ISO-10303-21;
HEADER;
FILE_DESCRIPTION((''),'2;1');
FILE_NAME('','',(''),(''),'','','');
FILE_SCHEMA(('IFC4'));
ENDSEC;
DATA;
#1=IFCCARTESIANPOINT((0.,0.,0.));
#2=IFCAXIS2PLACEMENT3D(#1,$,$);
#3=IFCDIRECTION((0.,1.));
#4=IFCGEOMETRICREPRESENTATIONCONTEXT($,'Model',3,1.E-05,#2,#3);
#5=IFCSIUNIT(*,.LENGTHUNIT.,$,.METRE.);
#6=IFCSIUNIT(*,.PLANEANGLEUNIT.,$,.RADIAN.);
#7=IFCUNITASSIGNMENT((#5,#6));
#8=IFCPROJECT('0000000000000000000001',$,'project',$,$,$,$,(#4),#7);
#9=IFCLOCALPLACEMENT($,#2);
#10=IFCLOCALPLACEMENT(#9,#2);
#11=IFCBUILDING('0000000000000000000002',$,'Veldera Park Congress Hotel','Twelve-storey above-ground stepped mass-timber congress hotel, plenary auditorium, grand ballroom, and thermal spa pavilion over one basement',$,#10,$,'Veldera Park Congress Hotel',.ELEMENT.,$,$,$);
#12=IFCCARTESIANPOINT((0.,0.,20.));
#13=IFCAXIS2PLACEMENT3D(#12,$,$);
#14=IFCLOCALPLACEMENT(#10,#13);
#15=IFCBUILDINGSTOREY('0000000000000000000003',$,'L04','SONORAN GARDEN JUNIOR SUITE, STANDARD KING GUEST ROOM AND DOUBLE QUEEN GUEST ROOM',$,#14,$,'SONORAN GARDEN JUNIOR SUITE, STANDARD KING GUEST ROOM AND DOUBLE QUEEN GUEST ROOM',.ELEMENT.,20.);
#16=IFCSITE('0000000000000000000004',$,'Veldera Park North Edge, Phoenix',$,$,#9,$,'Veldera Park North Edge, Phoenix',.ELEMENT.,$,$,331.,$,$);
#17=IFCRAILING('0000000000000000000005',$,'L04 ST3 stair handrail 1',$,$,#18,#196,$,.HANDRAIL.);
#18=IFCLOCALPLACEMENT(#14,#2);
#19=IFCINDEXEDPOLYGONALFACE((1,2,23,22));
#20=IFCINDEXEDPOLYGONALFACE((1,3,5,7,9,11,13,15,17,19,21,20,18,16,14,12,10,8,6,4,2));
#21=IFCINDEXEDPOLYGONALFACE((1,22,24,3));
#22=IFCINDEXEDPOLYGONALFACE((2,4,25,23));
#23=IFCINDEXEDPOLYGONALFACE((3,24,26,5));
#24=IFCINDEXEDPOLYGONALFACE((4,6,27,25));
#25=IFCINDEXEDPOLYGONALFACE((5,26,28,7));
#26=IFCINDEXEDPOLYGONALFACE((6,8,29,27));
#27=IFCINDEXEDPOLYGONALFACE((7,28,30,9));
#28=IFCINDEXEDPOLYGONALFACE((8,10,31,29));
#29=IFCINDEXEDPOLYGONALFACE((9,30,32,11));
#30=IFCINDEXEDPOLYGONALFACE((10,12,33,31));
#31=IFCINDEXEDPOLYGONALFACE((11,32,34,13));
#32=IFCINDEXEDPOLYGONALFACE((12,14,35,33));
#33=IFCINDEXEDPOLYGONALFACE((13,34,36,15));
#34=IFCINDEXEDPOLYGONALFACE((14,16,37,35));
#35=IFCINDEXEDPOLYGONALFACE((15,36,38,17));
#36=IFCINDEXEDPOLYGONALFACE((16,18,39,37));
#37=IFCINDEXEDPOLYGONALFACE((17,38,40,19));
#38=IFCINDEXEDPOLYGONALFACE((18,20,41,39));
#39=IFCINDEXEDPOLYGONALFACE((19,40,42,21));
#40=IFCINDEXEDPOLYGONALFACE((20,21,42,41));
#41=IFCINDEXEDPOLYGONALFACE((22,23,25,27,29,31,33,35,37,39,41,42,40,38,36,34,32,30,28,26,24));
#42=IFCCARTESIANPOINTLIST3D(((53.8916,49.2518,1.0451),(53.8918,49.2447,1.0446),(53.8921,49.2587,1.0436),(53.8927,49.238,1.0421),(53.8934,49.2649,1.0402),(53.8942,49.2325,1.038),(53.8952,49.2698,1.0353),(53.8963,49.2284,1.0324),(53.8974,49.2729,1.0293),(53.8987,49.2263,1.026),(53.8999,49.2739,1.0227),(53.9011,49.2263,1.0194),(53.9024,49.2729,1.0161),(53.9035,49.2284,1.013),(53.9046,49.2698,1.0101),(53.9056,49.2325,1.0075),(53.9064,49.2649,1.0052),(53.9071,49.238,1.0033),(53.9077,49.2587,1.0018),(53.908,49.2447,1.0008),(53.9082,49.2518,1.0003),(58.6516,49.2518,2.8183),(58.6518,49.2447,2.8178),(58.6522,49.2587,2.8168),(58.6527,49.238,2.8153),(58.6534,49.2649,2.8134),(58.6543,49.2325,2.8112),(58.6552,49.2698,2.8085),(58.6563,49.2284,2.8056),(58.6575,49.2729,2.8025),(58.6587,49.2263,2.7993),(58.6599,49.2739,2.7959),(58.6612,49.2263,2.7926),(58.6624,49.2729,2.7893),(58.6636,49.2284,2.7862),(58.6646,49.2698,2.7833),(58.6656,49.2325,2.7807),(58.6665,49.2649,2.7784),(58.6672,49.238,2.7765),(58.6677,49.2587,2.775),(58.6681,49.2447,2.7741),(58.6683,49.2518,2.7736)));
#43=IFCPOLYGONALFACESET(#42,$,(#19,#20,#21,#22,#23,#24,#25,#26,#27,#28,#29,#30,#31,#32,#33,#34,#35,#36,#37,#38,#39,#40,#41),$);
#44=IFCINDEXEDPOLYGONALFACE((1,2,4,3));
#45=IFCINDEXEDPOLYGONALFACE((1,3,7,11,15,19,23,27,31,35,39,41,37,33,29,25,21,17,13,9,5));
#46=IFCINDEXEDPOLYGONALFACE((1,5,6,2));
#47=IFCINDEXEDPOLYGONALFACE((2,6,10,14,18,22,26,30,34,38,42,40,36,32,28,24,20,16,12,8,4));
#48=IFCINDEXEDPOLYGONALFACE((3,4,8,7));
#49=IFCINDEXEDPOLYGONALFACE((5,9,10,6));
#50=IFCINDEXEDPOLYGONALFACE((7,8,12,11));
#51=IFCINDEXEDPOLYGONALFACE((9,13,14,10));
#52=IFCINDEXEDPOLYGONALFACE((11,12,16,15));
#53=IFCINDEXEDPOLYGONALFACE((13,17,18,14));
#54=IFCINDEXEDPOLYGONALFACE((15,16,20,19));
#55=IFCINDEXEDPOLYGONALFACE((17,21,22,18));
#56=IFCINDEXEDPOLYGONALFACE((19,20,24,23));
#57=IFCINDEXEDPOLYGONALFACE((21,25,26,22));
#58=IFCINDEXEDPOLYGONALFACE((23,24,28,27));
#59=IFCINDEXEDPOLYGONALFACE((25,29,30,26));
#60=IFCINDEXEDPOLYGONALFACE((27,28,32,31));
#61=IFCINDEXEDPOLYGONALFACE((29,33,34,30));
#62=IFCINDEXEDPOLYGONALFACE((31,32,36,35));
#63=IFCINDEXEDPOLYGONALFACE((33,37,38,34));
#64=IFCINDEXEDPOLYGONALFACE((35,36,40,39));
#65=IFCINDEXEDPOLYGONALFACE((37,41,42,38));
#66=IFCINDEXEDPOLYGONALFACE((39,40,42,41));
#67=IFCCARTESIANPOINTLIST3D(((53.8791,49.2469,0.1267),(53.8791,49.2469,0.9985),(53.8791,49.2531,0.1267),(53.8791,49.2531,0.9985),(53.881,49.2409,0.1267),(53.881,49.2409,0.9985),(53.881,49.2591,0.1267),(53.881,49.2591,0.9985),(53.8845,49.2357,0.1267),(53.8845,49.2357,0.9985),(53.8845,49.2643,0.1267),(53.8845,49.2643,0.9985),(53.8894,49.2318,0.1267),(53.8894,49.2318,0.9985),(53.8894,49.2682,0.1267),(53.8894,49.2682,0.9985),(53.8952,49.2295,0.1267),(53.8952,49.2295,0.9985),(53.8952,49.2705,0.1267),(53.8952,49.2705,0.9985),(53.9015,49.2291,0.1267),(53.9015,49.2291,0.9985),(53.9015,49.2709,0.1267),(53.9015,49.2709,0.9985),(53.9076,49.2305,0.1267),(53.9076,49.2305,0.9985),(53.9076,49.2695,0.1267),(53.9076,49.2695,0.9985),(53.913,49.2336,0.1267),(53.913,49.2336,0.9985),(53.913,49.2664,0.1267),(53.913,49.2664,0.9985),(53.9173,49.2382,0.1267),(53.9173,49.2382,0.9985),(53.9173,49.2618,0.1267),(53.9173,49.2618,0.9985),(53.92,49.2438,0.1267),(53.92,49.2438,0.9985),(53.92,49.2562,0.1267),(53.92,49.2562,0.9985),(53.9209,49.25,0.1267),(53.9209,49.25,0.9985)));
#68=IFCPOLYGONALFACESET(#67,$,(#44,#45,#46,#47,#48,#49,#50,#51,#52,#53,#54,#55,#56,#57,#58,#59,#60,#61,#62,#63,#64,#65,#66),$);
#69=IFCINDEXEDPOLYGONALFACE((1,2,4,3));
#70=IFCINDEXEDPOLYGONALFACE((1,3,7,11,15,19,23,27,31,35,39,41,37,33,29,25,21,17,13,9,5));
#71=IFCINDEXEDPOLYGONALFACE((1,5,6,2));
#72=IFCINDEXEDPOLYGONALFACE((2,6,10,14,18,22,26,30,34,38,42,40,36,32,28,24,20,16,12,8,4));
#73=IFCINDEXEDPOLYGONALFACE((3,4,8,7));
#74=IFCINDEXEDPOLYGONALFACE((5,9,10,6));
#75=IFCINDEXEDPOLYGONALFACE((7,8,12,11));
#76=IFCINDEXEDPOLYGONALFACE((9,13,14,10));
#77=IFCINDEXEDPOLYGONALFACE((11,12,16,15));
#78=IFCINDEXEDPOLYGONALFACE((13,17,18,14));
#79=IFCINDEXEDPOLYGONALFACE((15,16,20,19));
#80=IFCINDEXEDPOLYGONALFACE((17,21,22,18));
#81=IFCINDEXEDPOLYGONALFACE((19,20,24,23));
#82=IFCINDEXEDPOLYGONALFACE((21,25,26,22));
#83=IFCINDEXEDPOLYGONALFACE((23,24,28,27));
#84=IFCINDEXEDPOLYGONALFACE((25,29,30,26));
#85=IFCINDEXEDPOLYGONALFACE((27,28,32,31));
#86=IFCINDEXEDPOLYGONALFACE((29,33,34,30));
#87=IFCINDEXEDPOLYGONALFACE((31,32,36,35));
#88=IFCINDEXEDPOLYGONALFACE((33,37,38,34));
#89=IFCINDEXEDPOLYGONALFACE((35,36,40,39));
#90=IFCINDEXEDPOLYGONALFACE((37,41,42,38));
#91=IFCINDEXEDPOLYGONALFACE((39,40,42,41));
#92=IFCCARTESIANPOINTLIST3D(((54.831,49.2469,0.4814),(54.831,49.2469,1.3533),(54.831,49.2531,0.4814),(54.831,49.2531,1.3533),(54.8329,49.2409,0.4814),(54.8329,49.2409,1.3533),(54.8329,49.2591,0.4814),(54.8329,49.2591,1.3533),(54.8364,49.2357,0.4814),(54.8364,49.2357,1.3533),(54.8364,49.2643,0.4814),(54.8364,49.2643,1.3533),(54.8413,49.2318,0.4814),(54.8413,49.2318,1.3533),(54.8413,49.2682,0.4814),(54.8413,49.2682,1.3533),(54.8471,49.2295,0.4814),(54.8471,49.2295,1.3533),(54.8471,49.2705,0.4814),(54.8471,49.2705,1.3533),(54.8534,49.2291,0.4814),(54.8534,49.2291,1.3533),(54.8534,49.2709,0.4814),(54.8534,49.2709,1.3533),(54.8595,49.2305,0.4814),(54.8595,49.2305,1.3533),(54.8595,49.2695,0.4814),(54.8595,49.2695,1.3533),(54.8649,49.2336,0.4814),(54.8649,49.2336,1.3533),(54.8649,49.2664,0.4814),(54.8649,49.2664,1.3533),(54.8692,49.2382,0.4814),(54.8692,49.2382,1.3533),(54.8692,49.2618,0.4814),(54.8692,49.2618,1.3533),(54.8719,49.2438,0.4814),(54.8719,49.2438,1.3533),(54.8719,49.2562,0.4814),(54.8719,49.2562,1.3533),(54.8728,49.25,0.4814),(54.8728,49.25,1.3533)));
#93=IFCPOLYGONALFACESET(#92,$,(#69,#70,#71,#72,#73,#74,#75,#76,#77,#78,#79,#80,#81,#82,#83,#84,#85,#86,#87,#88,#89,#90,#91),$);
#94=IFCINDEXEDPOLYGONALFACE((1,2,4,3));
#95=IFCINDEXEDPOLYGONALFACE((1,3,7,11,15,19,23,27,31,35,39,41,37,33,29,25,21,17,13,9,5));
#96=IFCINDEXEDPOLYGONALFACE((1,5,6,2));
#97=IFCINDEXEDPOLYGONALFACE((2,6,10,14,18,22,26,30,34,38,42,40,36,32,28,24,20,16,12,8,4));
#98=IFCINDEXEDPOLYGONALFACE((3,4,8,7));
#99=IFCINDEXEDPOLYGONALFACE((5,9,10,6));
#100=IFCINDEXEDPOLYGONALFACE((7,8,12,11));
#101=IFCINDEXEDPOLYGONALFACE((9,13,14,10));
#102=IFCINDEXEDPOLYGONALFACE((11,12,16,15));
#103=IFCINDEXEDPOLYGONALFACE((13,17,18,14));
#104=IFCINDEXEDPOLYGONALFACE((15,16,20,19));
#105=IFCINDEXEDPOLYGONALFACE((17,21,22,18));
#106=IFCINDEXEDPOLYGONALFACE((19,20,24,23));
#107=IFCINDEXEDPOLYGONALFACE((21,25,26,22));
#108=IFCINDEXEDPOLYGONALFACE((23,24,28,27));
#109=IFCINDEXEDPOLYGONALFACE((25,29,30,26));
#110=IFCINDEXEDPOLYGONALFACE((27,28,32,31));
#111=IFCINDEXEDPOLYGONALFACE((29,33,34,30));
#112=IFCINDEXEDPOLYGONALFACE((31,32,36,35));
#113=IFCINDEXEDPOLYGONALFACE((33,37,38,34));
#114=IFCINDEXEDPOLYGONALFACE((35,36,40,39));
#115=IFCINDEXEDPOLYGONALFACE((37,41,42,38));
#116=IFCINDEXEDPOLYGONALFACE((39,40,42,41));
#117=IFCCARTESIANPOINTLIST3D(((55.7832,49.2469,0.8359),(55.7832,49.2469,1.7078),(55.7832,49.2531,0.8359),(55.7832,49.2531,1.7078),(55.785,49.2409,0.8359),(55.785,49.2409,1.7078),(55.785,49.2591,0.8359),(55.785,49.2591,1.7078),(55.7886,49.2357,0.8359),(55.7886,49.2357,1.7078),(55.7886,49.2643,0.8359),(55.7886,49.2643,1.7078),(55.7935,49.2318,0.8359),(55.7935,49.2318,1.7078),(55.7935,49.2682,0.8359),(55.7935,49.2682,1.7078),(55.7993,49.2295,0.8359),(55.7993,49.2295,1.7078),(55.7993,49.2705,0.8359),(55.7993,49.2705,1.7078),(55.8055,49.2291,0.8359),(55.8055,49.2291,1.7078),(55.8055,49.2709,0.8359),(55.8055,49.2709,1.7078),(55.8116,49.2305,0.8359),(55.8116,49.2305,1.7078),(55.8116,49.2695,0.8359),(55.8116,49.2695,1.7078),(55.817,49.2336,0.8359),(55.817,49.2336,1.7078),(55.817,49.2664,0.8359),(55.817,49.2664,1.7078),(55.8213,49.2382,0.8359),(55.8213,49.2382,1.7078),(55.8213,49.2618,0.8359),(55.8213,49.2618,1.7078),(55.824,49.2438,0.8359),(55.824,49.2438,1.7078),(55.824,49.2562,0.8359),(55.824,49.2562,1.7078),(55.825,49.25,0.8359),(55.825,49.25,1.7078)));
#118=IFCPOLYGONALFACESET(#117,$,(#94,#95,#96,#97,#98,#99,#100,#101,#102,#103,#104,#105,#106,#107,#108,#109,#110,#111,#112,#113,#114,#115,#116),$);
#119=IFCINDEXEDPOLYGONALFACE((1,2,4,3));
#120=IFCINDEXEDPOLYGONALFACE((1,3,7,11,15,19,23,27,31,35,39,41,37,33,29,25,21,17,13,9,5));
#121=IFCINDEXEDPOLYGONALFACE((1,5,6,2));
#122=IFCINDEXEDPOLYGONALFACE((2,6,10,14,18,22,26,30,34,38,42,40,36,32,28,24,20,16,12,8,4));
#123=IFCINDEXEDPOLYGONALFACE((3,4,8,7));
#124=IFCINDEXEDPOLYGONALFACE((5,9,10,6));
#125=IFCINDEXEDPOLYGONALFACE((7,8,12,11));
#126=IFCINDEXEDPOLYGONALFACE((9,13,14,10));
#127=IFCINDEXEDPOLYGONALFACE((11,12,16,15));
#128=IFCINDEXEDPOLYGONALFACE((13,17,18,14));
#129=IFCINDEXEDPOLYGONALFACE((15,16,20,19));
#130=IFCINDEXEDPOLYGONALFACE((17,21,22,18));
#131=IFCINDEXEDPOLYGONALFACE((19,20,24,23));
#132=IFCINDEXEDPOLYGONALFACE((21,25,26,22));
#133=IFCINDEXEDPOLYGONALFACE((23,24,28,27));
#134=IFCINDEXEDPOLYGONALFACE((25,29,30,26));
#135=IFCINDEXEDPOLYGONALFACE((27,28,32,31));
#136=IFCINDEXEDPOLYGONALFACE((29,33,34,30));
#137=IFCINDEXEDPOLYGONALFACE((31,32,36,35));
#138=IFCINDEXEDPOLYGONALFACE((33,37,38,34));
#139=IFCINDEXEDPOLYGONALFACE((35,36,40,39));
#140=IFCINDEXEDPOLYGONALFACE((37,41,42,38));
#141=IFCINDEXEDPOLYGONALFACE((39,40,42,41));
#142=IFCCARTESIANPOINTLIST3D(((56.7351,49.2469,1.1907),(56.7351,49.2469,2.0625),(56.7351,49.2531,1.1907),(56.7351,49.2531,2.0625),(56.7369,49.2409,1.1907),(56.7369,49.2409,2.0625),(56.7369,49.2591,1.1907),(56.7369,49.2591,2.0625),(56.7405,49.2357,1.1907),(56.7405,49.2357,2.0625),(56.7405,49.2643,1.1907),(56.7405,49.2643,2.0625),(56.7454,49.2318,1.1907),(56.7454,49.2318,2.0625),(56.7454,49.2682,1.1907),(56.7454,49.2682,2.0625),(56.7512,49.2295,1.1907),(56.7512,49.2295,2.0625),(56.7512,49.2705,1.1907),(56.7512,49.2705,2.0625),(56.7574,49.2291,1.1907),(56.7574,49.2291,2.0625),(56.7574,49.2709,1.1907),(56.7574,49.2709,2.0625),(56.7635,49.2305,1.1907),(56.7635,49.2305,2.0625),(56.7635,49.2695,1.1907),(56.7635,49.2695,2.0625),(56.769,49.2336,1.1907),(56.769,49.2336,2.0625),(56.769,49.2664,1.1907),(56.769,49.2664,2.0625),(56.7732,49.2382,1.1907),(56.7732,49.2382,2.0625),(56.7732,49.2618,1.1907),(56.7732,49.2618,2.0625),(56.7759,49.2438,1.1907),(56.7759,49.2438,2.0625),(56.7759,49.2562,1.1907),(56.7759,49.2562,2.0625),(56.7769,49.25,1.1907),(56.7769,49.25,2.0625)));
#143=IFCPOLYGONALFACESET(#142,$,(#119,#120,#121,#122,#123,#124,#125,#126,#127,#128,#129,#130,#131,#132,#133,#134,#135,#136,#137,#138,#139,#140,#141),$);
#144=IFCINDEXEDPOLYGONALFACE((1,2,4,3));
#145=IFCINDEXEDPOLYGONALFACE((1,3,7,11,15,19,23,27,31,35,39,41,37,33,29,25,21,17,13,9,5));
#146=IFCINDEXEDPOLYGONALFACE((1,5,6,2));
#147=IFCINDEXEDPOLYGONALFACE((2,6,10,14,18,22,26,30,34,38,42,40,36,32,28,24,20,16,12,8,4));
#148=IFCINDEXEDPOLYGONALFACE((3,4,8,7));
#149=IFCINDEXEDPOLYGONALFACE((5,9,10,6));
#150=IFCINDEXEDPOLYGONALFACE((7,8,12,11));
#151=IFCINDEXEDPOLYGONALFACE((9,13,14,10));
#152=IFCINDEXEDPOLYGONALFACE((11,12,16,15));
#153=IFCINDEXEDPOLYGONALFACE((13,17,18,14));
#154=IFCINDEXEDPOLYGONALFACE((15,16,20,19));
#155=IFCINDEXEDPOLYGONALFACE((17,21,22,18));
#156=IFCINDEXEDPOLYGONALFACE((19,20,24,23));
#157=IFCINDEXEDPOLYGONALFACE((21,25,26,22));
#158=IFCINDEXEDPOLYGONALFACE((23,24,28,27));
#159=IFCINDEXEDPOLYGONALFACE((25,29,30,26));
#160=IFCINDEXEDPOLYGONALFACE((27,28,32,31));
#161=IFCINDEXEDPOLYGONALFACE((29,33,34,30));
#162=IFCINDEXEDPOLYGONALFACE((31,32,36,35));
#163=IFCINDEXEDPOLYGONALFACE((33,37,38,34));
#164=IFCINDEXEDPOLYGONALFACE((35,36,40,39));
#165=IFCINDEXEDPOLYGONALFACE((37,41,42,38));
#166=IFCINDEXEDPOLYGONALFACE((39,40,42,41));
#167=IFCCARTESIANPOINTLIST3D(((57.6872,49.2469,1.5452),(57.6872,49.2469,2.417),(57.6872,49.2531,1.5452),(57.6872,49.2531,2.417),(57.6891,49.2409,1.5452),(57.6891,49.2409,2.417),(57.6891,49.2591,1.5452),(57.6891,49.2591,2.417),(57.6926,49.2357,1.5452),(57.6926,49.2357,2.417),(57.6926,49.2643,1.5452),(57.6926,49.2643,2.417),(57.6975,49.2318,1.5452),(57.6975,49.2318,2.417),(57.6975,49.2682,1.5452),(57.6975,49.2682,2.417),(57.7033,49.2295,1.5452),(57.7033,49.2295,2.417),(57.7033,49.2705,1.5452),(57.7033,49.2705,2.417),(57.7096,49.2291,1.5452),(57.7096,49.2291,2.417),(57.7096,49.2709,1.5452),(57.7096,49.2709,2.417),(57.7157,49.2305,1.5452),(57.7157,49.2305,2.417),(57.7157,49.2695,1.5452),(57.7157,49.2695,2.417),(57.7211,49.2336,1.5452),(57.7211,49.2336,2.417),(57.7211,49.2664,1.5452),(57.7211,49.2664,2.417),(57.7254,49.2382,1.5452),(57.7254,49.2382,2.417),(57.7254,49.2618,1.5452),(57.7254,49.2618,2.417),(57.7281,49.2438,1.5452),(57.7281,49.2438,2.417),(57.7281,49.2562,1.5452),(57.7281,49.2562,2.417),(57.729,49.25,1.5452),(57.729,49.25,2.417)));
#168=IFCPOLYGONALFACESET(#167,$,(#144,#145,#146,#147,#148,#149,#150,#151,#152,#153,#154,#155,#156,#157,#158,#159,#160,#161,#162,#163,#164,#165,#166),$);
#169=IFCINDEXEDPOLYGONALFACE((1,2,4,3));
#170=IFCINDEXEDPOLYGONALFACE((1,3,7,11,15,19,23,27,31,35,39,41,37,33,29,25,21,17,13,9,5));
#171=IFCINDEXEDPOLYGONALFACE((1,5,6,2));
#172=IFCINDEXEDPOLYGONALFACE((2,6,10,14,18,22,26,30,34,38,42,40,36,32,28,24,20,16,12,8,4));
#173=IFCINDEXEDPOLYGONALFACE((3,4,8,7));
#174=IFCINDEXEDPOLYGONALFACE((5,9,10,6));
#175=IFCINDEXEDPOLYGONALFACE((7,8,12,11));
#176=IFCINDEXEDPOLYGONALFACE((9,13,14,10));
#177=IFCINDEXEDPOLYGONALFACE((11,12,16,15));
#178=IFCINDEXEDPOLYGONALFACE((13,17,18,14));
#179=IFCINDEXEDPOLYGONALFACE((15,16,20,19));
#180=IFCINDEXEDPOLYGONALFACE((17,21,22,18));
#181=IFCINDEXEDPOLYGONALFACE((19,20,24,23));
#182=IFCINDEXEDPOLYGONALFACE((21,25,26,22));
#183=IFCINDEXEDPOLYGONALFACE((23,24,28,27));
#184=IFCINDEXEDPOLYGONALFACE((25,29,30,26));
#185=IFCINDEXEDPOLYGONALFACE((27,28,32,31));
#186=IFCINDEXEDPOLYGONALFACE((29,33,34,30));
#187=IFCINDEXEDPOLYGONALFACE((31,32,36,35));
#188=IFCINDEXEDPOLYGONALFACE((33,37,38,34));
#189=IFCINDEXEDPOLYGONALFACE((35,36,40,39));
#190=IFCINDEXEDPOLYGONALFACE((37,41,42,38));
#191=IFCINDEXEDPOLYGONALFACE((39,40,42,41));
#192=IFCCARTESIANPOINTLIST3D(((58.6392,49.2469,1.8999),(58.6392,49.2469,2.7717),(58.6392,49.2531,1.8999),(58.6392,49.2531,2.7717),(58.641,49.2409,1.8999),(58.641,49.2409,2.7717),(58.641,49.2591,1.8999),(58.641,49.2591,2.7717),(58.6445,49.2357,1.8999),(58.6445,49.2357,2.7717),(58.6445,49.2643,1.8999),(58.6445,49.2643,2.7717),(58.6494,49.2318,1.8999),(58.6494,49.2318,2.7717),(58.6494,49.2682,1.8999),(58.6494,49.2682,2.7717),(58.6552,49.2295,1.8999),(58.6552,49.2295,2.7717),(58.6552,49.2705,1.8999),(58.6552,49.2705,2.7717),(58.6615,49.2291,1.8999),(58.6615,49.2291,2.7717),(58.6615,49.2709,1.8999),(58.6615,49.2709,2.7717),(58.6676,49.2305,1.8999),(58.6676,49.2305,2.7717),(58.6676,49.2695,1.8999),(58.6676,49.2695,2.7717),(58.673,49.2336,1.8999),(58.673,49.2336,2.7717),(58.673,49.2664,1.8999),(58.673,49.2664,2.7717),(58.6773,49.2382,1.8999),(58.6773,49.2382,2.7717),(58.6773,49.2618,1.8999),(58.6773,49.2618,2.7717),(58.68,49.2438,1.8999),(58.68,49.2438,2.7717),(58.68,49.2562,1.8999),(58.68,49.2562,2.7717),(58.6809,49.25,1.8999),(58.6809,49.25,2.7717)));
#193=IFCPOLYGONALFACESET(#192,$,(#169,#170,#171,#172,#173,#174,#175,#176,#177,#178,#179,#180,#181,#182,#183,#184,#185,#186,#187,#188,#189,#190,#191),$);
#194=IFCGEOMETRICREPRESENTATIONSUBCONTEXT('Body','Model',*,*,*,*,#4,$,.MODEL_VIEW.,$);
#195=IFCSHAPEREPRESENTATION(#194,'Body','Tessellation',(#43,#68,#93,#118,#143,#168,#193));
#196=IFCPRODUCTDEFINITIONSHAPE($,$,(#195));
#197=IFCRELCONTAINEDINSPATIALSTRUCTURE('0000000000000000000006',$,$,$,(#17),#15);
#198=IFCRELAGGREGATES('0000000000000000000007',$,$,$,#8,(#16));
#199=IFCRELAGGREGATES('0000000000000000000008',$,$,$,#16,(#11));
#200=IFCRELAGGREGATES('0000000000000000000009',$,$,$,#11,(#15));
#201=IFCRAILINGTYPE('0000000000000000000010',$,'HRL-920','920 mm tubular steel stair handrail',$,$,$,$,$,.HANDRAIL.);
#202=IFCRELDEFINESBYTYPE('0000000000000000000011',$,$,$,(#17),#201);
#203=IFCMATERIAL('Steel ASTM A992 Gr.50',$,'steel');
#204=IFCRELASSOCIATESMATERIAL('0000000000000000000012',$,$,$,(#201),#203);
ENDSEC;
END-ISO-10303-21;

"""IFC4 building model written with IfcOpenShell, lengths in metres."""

from ifc_helpers import new_model, si_unit, direction, frame, origin, origin_2d, place, context, subcontext, project, spatial, circle, extrude, material, type_object, element, save


model = new_model("IFC4")

# Units and contexts
model_context = context("Model", 3, precision=1e-05, world=origin(), true_north=direction((0.0, 1.0)))
body_context = subcontext(model_context, "Body", "Model", "MODEL_VIEW")
ifc_project = project(units=[si_unit("LENGTHUNIT", "METRE"), si_unit("PLANEANGLEUNIT", "RADIAN")], contexts=[model_context])

# Site, building, storey
site_placement = place(None, origin())
site = spatial("IfcSite", under=ifc_project, at=site_placement, Name="Veldera Park North Edge, Phoenix", LongName="Veldera Park North Edge, Phoenix", CompositionType="ELEMENT", RefElevation=331.0)
building_placement = place(site_placement, origin())
building = spatial("IfcBuilding", under=site, at=building_placement, Name="Veldera Park Congress Hotel", Description="Twelve-storey above-ground stepped mass-timber congress hotel, plenary auditorium, grand ballroom, and thermal spa pavilion over one basement", LongName="Veldera Park Congress Hotel", CompositionType="ELEMENT")
storey_placement = place(building_placement, frame((0.0, 0.0, 20.0)))
storey = spatial("IfcBuildingStorey", under=building, at=storey_placement, Name="L04", Description="SONORAN GARDEN JUNIOR SUITE, STANDARD KING GUEST ROOM AND DOUBLE QUEEN GUEST ROOM", LongName="SONORAN GARDEN JUNIOR SUITE, STANDARD KING GUEST ROOM AND DOUBLE QUEEN GUEST ROOM", CompositionType="ELEMENT", Elevation=20.0)

# Railing
ifc_material_1 = material(Name="Steel ASTM A992 Gr.50", Category="steel")
railing_type_1 = type_object("IfcRailingType", Name="HRL-920", Description="920 mm tubular steel stair handrail", PredefinedType="HANDRAIL", material=ifc_material_1)
railing_1_placement = place(storey_placement, frame((53.8999, 49.25, 0.1267)))
element("IfcRailing", 1, at=railing_1_placement, inside=storey, type_object=railing_type_1, Name="L04 ST3 stair handrail 1", PredefinedType="HANDRAIL", context=body_context, shape_type="SweptSolid", body=[
    extrude(circle(Radius=0.0239, at=origin_2d()), frame((0.0, 0.0, 0.896), z_axis=(0.937091, 0.0, 0.349084), x_axis=(0.0, 1.0, 0.0)), (0.0, 0.0, 1.0), 5.0796),
    extrude(circle(Radius=0.021, at=origin_2d()), origin(), (0.0, 0.0, 1.0), 0.8718),
    extrude(circle(Radius=0.021, at=origin_2d()), frame((0.9519, 0.0, 0.3547)), (0.0, 0.0, 1.0), 0.8718),
    extrude(circle(Radius=0.021, at=origin_2d()), frame((1.9041, 0.0, 0.7092)), (0.0, 0.0, 1.0), 0.8718),
    extrude(circle(Radius=0.021, at=origin_2d()), frame((2.856, 0.0, 1.064)), (0.0, 0.0, 1.0), 0.8718),
    extrude(circle(Radius=0.021, at=origin_2d()), frame((3.8081, 0.0, 1.4185)), (0.0, 0.0, 1.0), 0.8718),
    extrude(circle(Radius=0.021, at=origin_2d()), frame((4.76, 0.0, 1.7732)), (0.0, 0.0, 1.0), 0.8718),
])

save(model, "model.ifc")
